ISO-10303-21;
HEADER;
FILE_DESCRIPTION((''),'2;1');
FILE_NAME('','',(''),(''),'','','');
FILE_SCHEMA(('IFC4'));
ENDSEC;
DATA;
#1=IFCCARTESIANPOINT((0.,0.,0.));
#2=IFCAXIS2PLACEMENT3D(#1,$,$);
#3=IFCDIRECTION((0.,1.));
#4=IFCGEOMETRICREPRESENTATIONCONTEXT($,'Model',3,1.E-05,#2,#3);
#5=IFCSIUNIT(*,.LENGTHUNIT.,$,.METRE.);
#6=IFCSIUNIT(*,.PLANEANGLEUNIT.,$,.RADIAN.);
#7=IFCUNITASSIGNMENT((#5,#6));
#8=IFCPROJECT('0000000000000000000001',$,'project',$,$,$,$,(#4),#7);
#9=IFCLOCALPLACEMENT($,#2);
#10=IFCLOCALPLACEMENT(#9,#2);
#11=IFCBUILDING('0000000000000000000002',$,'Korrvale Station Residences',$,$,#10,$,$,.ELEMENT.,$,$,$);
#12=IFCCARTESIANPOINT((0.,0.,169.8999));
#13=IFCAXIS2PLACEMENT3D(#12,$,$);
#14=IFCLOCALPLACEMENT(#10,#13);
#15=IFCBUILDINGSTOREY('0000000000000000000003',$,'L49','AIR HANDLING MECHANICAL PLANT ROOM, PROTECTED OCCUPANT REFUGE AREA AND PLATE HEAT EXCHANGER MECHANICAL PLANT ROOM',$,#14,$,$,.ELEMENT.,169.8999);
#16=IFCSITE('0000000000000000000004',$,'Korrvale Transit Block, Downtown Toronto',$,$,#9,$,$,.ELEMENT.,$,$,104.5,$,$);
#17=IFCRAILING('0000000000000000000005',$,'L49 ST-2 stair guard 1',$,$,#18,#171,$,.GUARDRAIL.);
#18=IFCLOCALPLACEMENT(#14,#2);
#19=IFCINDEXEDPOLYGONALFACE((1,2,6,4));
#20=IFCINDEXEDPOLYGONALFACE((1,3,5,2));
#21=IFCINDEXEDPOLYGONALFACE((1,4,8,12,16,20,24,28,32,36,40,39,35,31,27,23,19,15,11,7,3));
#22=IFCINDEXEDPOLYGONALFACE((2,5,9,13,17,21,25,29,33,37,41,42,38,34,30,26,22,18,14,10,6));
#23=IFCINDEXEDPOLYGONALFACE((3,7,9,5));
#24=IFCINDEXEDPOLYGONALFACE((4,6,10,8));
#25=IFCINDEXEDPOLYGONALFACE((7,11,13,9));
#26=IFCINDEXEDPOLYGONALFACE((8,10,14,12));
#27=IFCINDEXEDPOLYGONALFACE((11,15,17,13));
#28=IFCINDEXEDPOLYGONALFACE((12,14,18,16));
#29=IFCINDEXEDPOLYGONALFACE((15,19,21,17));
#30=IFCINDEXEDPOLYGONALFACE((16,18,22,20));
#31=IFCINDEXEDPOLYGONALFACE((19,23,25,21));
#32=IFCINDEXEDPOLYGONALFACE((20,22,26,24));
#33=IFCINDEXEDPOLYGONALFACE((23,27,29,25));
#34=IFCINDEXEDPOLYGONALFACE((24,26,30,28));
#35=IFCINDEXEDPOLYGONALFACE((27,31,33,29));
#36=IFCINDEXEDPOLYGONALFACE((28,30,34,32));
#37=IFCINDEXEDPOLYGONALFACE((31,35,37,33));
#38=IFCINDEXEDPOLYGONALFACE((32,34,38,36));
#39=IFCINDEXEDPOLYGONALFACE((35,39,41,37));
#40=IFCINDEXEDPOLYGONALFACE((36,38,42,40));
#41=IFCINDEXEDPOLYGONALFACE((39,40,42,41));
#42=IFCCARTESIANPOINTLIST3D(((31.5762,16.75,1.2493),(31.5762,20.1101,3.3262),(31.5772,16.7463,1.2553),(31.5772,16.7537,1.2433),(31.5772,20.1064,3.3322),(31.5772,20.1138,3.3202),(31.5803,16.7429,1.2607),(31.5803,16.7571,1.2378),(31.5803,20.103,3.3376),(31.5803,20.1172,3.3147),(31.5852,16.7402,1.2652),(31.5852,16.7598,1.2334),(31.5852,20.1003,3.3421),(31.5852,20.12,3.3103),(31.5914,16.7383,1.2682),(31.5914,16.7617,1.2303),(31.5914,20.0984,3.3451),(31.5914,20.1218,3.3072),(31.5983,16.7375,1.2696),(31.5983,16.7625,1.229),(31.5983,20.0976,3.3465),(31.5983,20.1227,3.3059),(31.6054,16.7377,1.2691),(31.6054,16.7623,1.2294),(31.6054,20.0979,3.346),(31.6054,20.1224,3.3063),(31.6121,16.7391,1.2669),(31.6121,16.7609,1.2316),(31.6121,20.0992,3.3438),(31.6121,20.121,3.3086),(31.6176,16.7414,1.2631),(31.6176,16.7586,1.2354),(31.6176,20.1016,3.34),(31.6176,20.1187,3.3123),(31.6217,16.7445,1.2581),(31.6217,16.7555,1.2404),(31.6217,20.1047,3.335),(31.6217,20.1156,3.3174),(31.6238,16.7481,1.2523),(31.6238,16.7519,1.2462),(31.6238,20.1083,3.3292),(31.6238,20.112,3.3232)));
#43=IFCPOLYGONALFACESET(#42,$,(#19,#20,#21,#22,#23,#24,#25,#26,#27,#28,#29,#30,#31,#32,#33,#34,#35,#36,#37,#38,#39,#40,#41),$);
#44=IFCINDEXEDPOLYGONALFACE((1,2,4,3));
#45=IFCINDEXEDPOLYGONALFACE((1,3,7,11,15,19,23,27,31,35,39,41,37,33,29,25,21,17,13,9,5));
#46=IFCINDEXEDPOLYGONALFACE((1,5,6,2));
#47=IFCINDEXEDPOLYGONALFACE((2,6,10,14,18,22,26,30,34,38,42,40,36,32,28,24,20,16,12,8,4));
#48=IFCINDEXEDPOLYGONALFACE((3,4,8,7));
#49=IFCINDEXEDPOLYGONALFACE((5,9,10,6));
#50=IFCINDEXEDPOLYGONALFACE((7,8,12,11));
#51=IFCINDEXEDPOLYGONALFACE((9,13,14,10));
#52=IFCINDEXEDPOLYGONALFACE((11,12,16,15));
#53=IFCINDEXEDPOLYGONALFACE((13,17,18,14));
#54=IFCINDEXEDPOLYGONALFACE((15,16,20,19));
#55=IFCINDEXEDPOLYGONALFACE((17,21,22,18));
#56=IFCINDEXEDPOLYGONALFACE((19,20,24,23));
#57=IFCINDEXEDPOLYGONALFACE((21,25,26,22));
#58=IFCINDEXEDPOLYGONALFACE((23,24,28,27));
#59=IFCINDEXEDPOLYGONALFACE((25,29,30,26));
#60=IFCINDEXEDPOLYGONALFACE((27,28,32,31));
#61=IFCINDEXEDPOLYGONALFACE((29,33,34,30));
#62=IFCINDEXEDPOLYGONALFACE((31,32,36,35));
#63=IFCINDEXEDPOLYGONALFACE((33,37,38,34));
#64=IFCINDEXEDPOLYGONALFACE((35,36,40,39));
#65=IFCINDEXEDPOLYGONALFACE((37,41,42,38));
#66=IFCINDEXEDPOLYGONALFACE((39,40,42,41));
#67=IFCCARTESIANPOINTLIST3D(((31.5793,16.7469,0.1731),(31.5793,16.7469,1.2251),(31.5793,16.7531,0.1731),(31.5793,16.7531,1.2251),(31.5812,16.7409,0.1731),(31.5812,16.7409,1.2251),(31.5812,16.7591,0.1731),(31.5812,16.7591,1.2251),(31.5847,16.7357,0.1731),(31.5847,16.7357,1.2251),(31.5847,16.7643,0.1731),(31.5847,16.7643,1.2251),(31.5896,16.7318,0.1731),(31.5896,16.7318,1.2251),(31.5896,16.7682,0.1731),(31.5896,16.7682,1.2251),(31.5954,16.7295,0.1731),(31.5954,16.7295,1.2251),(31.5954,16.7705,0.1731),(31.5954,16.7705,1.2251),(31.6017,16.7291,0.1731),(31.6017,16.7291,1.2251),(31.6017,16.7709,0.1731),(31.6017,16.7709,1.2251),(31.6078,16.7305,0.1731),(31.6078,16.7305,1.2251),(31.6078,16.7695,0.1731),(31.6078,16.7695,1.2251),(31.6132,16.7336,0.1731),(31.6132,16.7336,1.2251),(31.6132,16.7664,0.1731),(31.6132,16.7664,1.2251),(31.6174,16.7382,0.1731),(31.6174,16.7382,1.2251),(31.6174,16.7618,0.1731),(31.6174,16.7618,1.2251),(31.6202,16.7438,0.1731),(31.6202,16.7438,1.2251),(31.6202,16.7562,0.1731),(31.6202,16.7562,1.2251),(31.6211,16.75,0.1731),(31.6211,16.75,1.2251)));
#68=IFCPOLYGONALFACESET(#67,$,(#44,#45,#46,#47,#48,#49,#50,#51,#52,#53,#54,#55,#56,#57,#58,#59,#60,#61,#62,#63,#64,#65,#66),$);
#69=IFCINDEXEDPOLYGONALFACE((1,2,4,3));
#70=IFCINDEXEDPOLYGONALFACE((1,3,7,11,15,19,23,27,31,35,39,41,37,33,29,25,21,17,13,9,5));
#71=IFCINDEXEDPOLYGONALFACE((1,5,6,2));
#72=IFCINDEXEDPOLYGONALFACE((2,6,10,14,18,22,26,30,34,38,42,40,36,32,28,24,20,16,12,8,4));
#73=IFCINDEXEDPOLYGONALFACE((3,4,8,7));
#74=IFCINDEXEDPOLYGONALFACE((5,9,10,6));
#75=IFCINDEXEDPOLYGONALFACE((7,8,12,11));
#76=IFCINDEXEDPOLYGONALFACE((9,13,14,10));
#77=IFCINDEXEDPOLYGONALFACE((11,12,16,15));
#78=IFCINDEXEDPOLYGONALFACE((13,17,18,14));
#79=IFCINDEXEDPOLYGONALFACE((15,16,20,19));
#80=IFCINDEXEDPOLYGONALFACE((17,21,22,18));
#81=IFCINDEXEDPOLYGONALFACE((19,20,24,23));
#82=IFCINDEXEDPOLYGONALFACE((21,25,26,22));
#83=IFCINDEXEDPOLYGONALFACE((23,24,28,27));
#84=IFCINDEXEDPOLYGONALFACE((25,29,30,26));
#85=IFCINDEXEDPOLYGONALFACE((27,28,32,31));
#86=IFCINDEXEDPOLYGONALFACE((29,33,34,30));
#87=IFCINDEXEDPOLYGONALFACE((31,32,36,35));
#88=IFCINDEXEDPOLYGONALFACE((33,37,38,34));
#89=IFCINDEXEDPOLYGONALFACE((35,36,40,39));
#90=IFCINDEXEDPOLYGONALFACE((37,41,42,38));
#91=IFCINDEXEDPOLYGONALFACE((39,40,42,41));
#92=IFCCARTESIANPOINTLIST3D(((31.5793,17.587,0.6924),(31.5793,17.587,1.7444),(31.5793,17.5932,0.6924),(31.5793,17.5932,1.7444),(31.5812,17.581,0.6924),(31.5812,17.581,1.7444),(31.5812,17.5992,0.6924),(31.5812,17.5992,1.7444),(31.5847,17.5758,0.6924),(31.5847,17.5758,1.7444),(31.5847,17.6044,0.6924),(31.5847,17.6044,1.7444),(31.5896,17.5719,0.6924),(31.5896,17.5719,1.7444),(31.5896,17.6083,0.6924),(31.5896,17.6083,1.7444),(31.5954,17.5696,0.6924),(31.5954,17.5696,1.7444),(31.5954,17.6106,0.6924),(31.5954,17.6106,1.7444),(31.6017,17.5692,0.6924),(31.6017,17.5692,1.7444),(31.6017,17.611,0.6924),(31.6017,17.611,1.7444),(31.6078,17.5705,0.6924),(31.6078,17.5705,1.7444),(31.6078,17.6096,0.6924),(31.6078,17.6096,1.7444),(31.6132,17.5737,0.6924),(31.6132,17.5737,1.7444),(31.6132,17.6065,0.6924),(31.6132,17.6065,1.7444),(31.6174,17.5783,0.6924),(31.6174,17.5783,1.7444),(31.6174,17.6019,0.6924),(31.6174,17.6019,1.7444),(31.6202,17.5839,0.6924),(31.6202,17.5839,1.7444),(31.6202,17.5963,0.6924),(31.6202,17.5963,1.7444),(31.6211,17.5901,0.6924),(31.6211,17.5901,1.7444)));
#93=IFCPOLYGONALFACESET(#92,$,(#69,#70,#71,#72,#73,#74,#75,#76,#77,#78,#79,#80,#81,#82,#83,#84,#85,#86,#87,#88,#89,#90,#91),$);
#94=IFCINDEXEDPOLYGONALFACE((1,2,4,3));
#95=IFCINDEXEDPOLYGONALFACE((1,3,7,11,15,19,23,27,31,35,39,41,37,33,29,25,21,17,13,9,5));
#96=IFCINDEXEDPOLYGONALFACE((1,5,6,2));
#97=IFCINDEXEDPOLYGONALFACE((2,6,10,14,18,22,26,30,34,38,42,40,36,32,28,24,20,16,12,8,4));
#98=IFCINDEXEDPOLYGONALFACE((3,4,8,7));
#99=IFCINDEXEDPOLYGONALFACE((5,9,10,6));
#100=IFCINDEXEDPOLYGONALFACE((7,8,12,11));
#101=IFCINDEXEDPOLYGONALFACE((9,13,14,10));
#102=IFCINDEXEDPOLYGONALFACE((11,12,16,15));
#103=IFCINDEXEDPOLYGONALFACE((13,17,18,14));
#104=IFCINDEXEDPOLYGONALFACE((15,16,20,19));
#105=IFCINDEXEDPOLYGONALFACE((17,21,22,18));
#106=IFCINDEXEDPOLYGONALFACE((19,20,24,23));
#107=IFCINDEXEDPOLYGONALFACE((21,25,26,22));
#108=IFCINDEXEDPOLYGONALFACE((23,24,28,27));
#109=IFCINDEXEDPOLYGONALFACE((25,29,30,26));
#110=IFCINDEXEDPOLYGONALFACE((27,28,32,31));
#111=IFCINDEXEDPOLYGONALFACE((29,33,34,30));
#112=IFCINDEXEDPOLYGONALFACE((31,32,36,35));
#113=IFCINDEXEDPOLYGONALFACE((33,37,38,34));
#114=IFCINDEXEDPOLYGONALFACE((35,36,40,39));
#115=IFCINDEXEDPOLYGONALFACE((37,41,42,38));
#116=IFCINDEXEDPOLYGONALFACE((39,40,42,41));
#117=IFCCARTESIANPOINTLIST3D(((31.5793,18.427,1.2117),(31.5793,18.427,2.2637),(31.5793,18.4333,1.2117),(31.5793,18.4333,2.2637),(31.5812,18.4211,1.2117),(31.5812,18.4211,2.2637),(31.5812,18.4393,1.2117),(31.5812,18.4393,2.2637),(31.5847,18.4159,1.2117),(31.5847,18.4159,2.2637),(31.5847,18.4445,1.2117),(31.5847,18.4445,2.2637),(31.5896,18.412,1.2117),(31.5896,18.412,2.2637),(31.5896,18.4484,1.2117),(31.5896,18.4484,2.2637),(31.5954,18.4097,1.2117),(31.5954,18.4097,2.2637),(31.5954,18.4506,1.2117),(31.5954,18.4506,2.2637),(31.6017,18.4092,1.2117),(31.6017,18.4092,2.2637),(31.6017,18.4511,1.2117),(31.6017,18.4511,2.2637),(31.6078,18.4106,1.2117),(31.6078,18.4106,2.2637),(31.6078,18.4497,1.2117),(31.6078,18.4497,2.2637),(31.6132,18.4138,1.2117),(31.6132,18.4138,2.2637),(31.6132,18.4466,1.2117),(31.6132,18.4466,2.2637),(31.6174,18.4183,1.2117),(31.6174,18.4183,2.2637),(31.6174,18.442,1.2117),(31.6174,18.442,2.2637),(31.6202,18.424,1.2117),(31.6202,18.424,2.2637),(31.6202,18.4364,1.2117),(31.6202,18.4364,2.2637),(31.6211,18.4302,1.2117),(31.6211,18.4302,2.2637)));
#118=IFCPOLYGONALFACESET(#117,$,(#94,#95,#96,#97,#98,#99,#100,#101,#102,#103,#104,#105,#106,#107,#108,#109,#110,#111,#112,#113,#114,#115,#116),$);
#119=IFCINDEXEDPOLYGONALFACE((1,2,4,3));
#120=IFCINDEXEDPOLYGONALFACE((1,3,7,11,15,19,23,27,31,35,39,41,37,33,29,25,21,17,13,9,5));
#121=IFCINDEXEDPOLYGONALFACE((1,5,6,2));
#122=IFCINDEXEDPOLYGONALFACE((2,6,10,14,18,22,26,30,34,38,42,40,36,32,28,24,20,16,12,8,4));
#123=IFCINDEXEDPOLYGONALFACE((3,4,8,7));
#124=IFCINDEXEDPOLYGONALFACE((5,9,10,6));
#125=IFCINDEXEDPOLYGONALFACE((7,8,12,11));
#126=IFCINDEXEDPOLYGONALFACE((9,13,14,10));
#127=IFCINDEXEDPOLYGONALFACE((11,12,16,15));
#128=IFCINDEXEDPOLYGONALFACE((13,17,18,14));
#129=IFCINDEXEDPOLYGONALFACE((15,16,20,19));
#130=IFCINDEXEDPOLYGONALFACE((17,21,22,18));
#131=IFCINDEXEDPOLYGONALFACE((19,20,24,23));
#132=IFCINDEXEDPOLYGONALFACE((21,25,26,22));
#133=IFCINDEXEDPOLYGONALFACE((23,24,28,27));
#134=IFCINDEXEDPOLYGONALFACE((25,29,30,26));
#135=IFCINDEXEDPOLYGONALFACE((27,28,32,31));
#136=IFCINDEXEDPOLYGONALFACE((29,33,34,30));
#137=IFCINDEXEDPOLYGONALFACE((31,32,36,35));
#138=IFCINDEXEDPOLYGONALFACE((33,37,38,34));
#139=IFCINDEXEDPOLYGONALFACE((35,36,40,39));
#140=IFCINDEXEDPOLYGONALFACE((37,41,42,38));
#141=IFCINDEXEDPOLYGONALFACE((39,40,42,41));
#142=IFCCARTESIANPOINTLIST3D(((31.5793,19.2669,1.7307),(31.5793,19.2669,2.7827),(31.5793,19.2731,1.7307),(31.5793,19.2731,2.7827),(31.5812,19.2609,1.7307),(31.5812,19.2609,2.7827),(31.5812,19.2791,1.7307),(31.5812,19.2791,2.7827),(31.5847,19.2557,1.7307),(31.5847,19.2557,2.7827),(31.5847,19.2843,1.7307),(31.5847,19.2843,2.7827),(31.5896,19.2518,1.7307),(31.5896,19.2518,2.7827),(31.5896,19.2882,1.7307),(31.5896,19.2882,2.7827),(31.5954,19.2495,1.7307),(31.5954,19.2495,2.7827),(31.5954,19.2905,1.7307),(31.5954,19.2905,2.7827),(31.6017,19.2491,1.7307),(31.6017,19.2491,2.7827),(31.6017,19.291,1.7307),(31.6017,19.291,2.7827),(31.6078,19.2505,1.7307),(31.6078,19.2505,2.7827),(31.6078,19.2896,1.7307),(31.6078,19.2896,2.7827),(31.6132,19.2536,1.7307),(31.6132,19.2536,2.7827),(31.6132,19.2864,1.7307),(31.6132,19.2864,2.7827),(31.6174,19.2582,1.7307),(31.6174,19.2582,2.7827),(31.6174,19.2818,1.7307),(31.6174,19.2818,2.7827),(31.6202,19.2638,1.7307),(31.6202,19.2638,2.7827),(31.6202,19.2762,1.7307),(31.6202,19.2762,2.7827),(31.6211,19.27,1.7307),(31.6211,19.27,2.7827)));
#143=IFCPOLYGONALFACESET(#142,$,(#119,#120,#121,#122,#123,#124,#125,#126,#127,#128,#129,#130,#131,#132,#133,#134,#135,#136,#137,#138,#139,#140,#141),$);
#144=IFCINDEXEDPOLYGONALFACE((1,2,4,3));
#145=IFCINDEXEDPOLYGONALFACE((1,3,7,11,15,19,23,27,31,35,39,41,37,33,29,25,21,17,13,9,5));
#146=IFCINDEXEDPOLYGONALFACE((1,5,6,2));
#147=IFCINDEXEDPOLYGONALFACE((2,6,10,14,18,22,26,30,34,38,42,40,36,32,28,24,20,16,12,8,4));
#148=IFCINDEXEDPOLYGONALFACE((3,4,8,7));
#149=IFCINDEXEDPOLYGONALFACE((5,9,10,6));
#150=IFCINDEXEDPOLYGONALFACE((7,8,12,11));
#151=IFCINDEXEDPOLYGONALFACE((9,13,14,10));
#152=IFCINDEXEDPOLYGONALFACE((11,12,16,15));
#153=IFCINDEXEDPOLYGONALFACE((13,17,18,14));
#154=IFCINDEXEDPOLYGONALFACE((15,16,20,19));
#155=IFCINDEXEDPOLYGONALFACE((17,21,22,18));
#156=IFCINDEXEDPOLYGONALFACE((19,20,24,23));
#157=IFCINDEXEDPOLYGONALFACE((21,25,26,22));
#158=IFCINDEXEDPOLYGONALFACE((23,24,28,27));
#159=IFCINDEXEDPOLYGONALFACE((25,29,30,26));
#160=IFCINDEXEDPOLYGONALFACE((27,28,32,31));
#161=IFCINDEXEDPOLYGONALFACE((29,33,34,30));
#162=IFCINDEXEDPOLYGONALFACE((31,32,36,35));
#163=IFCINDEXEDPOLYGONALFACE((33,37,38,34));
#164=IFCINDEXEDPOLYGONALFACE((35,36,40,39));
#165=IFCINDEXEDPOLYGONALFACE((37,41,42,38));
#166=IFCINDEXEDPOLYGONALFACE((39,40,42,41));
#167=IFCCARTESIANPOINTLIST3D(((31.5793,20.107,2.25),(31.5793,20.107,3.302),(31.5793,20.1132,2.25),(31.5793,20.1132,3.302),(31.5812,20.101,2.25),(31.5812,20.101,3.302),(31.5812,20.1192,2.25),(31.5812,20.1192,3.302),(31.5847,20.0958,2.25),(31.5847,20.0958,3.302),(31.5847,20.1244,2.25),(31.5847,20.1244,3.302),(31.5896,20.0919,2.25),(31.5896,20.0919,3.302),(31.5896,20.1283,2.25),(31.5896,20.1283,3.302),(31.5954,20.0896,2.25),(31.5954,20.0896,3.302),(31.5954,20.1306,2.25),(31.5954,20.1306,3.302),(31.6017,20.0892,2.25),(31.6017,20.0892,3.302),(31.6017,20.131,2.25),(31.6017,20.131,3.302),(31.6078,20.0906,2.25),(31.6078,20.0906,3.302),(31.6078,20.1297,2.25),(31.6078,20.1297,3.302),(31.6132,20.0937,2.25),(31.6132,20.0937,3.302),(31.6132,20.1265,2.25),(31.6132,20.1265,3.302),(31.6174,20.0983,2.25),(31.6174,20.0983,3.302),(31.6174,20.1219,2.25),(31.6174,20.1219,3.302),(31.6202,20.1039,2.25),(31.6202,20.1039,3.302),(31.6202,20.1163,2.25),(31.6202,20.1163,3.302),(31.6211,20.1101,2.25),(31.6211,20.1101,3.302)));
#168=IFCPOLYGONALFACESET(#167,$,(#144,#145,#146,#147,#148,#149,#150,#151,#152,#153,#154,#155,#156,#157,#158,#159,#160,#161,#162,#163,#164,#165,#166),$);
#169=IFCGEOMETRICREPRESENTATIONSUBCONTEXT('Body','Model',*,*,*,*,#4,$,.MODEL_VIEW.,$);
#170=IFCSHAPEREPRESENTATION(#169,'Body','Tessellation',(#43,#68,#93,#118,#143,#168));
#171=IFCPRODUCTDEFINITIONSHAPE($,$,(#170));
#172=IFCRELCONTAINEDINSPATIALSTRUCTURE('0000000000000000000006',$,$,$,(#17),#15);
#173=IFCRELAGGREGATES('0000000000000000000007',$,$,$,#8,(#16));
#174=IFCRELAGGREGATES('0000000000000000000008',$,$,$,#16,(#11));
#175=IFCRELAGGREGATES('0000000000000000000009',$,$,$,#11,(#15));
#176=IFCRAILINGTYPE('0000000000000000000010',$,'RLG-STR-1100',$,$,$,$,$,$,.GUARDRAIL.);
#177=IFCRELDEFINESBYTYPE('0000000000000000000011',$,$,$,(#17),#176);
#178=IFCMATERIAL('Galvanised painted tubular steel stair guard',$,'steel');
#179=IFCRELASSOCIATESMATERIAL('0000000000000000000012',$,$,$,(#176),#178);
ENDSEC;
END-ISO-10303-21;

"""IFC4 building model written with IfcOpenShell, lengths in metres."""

from ifc_helpers import new_model, si_unit, direction, frame, origin, origin_2d, place, context, subcontext, project, spatial, circle, extrude, material, type_object, element, save


model = new_model("IFC4")

# Units and contexts
model_context = context("Model", 3, precision=1e-05, world=origin(), true_north=direction((0.0, 1.0)))
body_context = subcontext(model_context, "Body", "Model", "MODEL_VIEW")
ifc_project = project(units=[si_unit("LENGTHUNIT", "METRE"), si_unit("PLANEANGLEUNIT", "RADIAN")], contexts=[model_context])

# Site, building, storey
site_placement = place(None, origin())
site = spatial("IfcSite", under=ifc_project, at=site_placement, Name="Korrvale Transit Block, Downtown Toronto", CompositionType="ELEMENT", RefElevation=104.5)
building_placement = place(site_placement, origin())
building = spatial("IfcBuilding", under=site, at=building_placement, Name="Korrvale Station Residences", CompositionType="ELEMENT")
storey_placement = place(building_placement, frame((0.0, 0.0, 169.8999)))
storey = spatial("IfcBuildingStorey", under=building, at=storey_placement, Name="L49", Description="AIR HANDLING MECHANICAL PLANT ROOM, PROTECTED OCCUPANT REFUGE AREA AND PLATE HEAT EXCHANGER MECHANICAL PLANT ROOM", CompositionType="ELEMENT", Elevation=169.8999)

# Railing
ifc_material_1 = material(Name="Galvanised painted tubular steel stair guard", Category="steel")
railing_type_1 = type_object("IfcRailingType", Name="RLG-STR-1100", PredefinedType="GUARDRAIL", material=ifc_material_1)
railing_1_placement = place(storey_placement, frame((31.6001, 16.75, 0.1731)))
element("IfcRailing", 1, at=railing_1_placement, inside=storey, type_object=railing_type_1, Name="L49 ST-2 stair guard 1", PredefinedType="GUARDRAIL", context=body_context, shape_type="SweptSolid", body=[
    extrude(circle(Radius=0.0239, at=origin_2d()), frame((0.0, 0.0, 1.0762), z_axis=(0.0, 0.850623, 0.525776), x_axis=(-1.0, 0.0, 0.0)), (0.0, 0.0, 1.0), 3.9502),
    extrude(circle(Radius=0.021, at=origin_2d()), origin(), (0.0, 0.0, 1.0), 1.052),
    extrude(circle(Radius=0.021, at=origin_2d()), frame((0.0, 0.8401, 0.5193)), (0.0, 0.0, 1.0), 1.052),
    extrude(circle(Radius=0.021, at=origin_2d()), frame((0.0, 1.6802, 1.0386)), (0.0, 0.0, 1.0), 1.052),
    extrude(circle(Radius=0.021, at=origin_2d()), frame((0.0, 2.52, 1.5576)), (0.0, 0.0, 1.0), 1.052),
    extrude(circle(Radius=0.021, at=origin_2d()), frame((0.0, 3.3601, 2.0769)), (0.0, 0.0, 1.0), 1.052),
])

save(model, "model.ifc")
